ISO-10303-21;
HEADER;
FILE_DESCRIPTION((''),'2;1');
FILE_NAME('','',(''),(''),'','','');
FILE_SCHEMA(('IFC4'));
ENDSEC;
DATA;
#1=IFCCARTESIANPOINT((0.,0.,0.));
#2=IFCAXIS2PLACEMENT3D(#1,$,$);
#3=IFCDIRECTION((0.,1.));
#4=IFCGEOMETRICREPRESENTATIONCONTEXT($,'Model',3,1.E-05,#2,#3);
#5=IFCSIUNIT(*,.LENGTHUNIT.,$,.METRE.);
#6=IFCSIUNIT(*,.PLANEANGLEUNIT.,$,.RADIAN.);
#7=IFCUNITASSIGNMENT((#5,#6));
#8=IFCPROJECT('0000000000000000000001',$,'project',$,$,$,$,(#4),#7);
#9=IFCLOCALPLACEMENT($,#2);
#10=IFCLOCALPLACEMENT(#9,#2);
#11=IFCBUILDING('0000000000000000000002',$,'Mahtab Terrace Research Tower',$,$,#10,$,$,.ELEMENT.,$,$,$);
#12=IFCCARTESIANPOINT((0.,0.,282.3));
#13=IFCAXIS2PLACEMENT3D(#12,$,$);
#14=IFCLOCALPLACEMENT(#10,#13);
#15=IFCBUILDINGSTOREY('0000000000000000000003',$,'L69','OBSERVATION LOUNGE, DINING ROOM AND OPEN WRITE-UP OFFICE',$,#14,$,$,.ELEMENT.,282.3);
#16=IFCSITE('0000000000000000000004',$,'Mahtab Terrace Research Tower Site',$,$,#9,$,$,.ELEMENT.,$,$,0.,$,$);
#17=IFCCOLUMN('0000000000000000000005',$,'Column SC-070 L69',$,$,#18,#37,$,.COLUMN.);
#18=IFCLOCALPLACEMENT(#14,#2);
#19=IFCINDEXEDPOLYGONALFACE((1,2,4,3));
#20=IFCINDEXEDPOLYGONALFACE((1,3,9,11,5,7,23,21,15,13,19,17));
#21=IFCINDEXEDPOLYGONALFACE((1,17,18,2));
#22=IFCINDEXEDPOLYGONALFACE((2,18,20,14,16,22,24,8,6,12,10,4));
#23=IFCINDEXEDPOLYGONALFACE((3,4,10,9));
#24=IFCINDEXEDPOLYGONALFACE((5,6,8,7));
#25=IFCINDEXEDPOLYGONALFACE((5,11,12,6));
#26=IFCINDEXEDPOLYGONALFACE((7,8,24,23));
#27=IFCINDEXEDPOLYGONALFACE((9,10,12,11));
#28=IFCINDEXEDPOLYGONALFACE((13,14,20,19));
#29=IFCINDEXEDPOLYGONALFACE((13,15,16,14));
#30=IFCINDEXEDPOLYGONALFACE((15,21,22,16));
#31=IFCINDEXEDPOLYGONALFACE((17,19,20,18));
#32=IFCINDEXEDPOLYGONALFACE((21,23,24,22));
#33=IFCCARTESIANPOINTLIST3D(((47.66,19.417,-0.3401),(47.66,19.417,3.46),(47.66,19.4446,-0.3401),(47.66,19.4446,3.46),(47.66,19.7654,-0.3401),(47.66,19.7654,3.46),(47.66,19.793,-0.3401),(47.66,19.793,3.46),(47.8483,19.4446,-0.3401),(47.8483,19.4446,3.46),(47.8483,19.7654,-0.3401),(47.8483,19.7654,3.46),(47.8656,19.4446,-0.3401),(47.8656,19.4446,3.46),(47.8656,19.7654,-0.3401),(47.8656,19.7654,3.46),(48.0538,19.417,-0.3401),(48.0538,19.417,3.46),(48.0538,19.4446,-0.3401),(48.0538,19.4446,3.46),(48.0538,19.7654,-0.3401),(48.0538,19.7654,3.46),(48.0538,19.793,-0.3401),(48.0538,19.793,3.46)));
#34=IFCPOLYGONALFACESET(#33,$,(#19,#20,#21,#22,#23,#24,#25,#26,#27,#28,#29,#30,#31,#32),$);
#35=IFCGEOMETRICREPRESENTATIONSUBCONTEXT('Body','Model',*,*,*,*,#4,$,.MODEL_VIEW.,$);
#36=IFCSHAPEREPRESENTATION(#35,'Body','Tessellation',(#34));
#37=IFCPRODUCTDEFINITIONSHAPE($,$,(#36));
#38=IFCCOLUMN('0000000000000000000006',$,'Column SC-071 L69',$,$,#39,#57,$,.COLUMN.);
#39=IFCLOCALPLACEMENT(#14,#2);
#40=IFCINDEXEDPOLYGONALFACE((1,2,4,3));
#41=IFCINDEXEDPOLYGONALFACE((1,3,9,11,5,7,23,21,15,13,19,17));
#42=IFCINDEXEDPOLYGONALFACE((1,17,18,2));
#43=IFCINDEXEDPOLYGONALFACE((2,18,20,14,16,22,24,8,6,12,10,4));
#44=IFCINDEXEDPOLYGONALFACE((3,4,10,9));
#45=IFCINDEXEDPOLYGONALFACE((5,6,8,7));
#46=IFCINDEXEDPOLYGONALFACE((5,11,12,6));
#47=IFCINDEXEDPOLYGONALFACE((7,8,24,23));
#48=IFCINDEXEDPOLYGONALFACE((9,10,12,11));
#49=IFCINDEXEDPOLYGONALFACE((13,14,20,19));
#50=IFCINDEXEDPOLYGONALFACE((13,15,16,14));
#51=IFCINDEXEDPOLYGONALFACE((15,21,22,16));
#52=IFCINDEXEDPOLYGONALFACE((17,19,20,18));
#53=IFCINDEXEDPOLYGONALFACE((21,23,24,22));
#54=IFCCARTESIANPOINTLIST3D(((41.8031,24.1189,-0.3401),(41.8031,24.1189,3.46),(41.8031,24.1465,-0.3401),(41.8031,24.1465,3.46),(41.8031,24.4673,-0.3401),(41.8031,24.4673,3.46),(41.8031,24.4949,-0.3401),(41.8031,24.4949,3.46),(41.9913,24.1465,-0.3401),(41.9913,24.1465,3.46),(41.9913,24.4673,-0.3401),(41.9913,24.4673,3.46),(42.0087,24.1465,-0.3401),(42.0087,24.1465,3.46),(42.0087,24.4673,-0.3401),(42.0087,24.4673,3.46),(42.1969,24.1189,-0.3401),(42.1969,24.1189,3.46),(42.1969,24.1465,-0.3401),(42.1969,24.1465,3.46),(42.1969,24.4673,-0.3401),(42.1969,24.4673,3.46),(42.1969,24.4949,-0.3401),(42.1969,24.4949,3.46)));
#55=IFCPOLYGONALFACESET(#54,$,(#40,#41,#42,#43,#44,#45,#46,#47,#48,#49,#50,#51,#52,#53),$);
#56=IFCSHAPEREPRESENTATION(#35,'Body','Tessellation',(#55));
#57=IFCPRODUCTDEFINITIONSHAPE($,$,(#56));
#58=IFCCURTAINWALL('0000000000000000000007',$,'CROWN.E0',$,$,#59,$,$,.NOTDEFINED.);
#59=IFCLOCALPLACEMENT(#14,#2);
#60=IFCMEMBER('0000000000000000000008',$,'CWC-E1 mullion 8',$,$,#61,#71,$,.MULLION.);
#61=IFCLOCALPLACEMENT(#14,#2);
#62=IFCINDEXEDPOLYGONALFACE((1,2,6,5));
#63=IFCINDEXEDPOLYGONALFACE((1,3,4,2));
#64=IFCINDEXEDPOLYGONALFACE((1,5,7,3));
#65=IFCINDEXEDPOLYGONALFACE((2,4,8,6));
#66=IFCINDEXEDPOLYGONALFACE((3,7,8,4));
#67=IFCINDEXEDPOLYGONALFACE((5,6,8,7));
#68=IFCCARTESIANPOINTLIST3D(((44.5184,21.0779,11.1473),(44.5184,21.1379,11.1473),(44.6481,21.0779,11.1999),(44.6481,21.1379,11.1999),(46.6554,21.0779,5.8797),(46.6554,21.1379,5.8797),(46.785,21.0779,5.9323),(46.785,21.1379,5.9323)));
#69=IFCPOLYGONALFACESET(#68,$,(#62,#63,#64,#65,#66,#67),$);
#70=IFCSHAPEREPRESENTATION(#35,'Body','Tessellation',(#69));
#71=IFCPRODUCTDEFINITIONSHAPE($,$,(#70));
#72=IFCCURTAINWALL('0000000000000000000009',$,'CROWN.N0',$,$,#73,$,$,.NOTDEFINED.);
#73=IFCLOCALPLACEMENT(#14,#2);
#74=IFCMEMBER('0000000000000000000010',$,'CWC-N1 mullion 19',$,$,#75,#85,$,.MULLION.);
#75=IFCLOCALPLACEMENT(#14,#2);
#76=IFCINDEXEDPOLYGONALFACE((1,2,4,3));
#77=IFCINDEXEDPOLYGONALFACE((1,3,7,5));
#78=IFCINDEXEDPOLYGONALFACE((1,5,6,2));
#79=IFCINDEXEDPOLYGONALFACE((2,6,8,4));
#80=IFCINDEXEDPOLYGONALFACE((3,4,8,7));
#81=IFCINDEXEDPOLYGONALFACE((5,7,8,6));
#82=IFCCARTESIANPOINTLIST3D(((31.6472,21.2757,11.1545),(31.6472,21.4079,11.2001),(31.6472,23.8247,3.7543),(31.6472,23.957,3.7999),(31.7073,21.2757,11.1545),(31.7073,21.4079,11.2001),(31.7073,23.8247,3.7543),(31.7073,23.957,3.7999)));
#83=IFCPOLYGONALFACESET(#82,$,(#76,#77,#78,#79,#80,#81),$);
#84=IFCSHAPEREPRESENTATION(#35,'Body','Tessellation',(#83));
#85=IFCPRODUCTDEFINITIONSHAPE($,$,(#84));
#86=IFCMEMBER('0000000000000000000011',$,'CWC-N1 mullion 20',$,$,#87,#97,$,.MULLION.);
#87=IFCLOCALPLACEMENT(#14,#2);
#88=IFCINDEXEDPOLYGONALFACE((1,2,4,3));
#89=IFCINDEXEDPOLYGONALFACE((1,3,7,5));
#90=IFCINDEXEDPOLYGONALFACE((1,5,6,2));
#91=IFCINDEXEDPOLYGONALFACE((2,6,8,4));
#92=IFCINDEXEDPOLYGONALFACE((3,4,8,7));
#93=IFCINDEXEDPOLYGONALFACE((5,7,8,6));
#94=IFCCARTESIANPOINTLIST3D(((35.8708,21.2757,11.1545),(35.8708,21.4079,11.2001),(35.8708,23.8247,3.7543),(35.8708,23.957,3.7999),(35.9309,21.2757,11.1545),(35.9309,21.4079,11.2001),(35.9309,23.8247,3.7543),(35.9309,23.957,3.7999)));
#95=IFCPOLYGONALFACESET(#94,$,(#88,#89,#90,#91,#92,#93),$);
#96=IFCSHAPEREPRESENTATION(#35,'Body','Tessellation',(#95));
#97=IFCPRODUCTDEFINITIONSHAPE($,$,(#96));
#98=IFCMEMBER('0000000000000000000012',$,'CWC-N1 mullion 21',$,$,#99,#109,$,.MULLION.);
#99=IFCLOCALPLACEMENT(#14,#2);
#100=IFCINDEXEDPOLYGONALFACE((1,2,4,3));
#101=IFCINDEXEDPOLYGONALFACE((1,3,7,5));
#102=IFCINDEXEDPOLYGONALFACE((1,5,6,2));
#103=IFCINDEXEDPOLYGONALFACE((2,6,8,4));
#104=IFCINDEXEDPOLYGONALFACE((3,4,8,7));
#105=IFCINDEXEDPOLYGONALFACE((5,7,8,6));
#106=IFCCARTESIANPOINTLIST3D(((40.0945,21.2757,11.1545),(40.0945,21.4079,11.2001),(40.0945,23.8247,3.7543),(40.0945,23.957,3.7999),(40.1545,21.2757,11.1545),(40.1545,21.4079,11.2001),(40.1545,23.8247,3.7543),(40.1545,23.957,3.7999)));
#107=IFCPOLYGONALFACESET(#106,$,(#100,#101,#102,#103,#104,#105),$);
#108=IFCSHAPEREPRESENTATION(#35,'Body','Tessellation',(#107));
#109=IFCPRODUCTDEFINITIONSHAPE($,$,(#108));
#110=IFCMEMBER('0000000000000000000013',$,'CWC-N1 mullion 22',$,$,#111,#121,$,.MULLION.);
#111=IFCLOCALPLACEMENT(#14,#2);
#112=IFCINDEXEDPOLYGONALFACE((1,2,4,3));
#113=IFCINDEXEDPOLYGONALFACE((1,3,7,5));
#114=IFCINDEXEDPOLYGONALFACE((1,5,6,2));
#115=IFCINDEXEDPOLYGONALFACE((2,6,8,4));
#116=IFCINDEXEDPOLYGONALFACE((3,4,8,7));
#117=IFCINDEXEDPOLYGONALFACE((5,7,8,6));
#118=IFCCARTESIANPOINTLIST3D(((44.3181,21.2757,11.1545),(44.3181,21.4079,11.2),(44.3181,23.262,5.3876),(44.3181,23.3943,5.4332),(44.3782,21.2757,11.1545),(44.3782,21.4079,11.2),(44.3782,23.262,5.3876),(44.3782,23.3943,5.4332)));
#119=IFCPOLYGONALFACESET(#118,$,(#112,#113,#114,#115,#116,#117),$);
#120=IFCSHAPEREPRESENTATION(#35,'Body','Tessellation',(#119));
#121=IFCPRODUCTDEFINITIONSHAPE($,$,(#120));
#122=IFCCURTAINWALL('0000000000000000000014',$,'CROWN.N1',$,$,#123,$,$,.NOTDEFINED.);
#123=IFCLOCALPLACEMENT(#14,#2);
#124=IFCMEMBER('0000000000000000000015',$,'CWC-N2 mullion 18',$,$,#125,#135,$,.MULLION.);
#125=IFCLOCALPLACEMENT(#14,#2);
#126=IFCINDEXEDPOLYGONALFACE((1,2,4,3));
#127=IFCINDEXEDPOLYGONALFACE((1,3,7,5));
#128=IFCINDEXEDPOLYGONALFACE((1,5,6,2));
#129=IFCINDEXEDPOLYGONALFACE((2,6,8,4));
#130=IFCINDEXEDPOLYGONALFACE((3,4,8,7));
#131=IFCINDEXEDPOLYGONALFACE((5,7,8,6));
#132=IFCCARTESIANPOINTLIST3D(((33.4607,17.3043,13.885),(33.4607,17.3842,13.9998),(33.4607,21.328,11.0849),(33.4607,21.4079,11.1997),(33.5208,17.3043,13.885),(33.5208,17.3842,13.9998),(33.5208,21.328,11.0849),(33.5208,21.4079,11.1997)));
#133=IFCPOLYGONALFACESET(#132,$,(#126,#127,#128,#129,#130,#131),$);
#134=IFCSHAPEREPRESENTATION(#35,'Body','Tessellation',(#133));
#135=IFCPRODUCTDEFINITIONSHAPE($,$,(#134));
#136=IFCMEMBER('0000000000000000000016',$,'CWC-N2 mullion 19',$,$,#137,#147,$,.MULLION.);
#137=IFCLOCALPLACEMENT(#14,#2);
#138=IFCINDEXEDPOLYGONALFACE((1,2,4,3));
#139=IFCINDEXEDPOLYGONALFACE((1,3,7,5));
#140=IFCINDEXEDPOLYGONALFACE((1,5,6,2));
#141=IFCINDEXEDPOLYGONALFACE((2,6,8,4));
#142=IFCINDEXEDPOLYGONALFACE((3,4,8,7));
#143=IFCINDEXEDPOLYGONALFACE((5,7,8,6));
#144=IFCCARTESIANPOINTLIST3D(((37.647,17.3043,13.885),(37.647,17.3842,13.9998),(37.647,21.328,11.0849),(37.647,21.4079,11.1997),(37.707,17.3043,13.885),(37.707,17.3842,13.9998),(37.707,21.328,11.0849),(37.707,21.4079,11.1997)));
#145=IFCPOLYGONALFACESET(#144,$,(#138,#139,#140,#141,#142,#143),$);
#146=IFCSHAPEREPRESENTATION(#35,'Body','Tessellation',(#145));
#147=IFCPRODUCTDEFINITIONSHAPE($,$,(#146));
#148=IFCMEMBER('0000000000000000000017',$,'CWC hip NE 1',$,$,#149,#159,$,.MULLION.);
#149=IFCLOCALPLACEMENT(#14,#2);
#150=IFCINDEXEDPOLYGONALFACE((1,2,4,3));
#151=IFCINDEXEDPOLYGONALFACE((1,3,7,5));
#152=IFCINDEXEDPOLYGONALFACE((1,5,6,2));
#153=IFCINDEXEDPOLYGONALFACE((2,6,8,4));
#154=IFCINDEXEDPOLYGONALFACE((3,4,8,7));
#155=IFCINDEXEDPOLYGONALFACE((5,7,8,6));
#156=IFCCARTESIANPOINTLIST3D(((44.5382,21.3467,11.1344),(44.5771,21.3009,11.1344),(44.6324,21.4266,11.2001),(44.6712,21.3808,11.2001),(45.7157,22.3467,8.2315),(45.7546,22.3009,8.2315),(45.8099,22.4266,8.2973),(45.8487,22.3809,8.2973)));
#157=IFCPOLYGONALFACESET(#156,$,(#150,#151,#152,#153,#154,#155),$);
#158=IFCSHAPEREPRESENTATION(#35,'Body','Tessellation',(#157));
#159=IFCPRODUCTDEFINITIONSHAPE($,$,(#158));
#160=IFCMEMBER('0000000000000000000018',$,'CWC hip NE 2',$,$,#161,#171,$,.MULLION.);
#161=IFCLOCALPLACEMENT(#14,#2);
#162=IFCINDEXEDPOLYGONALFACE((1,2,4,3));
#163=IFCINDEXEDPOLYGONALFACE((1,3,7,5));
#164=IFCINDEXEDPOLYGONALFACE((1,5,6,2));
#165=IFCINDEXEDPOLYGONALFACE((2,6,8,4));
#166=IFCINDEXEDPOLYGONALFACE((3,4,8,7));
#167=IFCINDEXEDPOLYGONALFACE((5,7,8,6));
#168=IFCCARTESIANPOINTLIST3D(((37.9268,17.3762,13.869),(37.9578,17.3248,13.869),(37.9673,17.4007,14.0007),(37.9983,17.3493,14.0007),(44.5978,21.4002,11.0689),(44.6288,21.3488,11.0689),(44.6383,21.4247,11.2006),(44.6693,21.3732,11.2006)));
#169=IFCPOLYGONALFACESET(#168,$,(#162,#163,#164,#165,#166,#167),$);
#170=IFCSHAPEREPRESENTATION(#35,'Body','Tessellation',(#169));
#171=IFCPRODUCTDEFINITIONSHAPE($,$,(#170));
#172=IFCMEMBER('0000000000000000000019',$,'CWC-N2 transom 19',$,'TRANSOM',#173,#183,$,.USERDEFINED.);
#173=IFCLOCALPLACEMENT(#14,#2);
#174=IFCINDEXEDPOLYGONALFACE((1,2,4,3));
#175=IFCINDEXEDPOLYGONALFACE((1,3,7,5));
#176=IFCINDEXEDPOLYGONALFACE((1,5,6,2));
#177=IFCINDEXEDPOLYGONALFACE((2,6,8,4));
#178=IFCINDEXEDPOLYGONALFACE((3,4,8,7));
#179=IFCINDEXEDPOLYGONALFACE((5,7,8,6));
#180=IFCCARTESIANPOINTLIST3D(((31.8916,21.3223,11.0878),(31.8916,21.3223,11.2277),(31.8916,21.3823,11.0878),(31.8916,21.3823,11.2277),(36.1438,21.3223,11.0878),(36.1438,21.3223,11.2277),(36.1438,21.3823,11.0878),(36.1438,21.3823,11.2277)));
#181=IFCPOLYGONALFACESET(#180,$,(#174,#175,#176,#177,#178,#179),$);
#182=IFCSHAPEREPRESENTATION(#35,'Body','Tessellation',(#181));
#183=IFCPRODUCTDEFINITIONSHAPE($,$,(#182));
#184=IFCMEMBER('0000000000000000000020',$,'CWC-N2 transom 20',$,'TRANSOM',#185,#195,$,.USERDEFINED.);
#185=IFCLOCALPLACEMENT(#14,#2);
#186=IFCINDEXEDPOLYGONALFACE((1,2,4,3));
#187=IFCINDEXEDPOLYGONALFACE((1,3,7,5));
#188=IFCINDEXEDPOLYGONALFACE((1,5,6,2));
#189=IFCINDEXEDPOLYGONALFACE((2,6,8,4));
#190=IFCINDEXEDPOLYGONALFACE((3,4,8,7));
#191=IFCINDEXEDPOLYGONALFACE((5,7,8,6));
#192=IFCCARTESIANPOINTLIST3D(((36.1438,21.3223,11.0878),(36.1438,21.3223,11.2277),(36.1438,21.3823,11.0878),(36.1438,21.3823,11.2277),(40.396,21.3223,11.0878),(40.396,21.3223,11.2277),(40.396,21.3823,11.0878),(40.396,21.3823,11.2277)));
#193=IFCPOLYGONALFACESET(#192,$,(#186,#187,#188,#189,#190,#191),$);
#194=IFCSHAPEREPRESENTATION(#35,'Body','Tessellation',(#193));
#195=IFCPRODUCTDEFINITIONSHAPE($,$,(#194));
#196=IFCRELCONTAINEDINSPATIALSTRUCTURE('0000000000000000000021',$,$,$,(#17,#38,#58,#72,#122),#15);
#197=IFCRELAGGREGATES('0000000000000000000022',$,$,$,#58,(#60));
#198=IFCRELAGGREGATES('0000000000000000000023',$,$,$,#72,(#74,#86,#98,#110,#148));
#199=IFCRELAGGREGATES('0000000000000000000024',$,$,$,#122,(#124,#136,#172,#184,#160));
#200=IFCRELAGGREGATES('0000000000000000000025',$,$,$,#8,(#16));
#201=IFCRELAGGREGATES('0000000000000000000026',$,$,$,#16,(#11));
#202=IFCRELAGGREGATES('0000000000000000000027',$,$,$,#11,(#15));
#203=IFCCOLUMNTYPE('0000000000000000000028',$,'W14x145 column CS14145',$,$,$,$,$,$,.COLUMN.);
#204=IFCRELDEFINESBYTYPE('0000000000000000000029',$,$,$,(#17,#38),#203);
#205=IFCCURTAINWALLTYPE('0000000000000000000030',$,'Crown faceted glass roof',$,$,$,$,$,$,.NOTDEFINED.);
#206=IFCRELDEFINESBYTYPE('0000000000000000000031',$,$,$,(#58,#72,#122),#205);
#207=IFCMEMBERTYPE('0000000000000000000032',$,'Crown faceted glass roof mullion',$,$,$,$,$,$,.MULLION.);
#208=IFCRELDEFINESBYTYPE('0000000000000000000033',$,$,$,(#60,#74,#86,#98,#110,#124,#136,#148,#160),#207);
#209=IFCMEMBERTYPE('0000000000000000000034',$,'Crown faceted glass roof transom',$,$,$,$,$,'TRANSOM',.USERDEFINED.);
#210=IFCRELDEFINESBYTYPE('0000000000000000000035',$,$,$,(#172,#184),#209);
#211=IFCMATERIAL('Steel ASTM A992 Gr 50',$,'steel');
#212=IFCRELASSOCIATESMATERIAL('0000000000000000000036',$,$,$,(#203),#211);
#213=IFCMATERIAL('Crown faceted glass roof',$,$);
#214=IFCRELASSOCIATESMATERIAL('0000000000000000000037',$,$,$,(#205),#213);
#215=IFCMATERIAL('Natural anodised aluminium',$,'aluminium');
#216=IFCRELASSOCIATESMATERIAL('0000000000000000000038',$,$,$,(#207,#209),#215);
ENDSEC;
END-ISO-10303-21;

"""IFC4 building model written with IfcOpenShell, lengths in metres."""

from ifc_helpers import new_model, si_unit, direction, frame, origin, origin_2d, place, context, subcontext, project, spatial, rectangle, i_section, extrude, material, material_profile, profile_set, type_object, element, aggregate, save


model = new_model("IFC4")

# Units and contexts
model_context = context("Model", 3, precision=1e-05, world=origin(), true_north=direction((0.0, 1.0)))
body_context = subcontext(model_context, "Body", "Model", "MODEL_VIEW")
ifc_project = project(units=[si_unit("LENGTHUNIT", "METRE"), si_unit("PLANEANGLEUNIT", "RADIAN")], contexts=[model_context])

# Site, building, storey
site_placement = place(None, origin())
site = spatial("IfcSite", under=ifc_project, at=site_placement, Name="Mahtab Terrace Research Tower Site", CompositionType="ELEMENT", RefElevation=0.0)
building_placement = place(site_placement, origin())
building = spatial("IfcBuilding", under=site, at=building_placement, Name="Mahtab Terrace Research Tower", CompositionType="ELEMENT")
storey_placement = place(building_placement, frame((0.0, 0.0, 282.3)))
storey = spatial("IfcBuildingStorey", under=building, at=storey_placement, Name="L69", Description="OBSERVATION LOUNGE, DINING ROOM AND OPEN WRITE-UP OFFICE", CompositionType="ELEMENT", Elevation=282.3)

# Columns
ifc_material_1 = material(Name="Steel ASTM A992 Gr 50", Category="steel")
ifc_material_profile_1 = material_profile(ifc_material_1, i_section(OverallWidth=0.3938, OverallDepth=0.376, WebThickness=0.0173, FlangeThickness=0.0276, at=origin_2d()), Name="W14X145")
ifc_profile_set_1 = profile_set([ifc_material_profile_1], Name="Steel ASTM A992 Gr 50")
column_type = type_object("IfcColumnType", Name="W14x145 column CS14145", PredefinedType="COLUMN", material=ifc_profile_set_1)
for number, where, z_axis, x_axis, name in (
    (1, (47.8569, 19.605, -0.3401), (0.0, 0.0, 1.0), (1.0, 0.0, 0.0), "Column SC-070 L69"),
    (2, (42.0, 24.3069, -0.3401), (0.0, 0.0, 1.0), (1.0, 0.0, 0.0), "Column SC-071 L69"),
):
    element("IfcColumn", number, at=place(storey_placement, frame(where, z_axis=z_axis, x_axis=x_axis)), inside=storey, type_object=column_type, Name=name, PredefinedType="COLUMN", context=body_context, shape_type="SweptSolid", body=[
        extrude(i_section(OverallWidth=0.3938, OverallDepth=0.376, WebThickness=0.0173, FlangeThickness=0.0276, at=origin_2d()), origin(), (0.0, 0.0, 1.0), 3.8),
    ])

# Curtain wall, member
ifc_material_2 = material(Name="Crown faceted glass roof")
curtain_wall_type_1 = type_object("IfcCurtainWallType", Name="Crown faceted glass roof", PredefinedType="NOTDEFINED", material=ifc_material_2)
curtain_wall_1_placement = place(storey_placement, origin())
curtain_wall_1 = element("IfcCurtainWall", 3, at=curtain_wall_1_placement, inside=storey, type_object=curtain_wall_type_1, Name="CROWN.E0", PredefinedType="NOTDEFINED")
ifc_material_3 = material(Name="Natural anodised aluminium", Category="aluminium")
ifc_material_profile_2 = material_profile(ifc_material_3, rectangle(XDim=0.0601, YDim=0.1399, at=origin_2d()), Name="MULLION 60x140")
ifc_profile_set_2 = profile_set([ifc_material_profile_2], Name="Natural anodised aluminium")
member_type_1 = type_object("IfcMemberType", Name="Crown faceted glass roof mullion", PredefinedType="MULLION", material=ifc_profile_set_2)
member_1_placement = place(storey_placement, frame((46.7202, 21.1079, 5.906), z_axis=(-0.375925, 0.0, 0.92665), x_axis=(0.0, -1.0, 0.0)))
member_1 = element("IfcMember", 4, at=member_1_placement, type_object=member_type_1, Name="CWC-E1 mullion 8", PredefinedType="MULLION", context=body_context, shape_type="SweptSolid", body=[
    extrude(rectangle(XDim=0.0601, YDim=0.1399, at=origin_2d()), origin(), (0.0, 0.0, 1.0), 5.6846),
])
aggregate(curtain_wall_1, [member_1])

# Curtain walls, members
curtain_wall_2_placement = place(storey_placement, origin())
curtain_wall_2 = element("IfcCurtainWall", 5, at=curtain_wall_2_placement, inside=storey, type_object=curtain_wall_type_1, Name="CROWN.N0", PredefinedType="NOTDEFINED")
member_2_placement = place(storey_placement, frame((31.6772, 23.8909, 3.7771), z_axis=(0.0, -0.325682, 0.945479), x_axis=(1.0, 0.0, 0.0)))
member_2 = element("IfcMember", 6, at=member_2_placement, type_object=member_type_1, Name="CWC-N1 mullion 19", PredefinedType="MULLION", context=body_context, shape_type="SweptSolid", body=[
    extrude(rectangle(XDim=0.0601, YDim=0.1399, at=origin_2d()), origin(), (0.0, 0.0, 1.0), 7.8269),
])
member_3_placement = place(storey_placement, frame((35.9009, 23.8909, 3.7771), z_axis=(0.0, -0.325682, 0.945479), x_axis=(1.0, 0.0, 0.0)))
member_3 = element("IfcMember", 7, at=member_3_placement, type_object=member_type_1, Name="CWC-N1 mullion 20", PredefinedType="MULLION", context=body_context, shape_type="SweptSolid", body=[
    extrude(rectangle(XDim=0.0601, YDim=0.1399, at=origin_2d()), origin(), (0.0, 0.0, 1.0), 7.8269),
])
member_4_placement = place(storey_placement, frame((40.1245, 23.8909, 3.7771), z_axis=(0.0, -0.325682, 0.945479), x_axis=(1.0, 0.0, 0.0)))
member_4 = element("IfcMember", 8, at=member_4_placement, type_object=member_type_1, Name="CWC-N1 mullion 21", PredefinedType="MULLION", context=body_context, shape_type="SweptSolid", body=[
    extrude(rectangle(XDim=0.0601, YDim=0.1399, at=origin_2d()), origin(), (0.0, 0.0, 1.0), 7.8269),
])
member_5_placement = place(storey_placement, frame((44.3481, 23.3281, 5.4104), z_axis=(0.0, -0.325663, 0.945486), x_axis=(1.0, 0.0, 0.0)))
member_5 = element("IfcMember", 9, at=member_5_placement, type_object=member_type_1, Name="CWC-N1 mullion 22", PredefinedType="MULLION", context=body_context, shape_type="SweptSolid", body=[
    extrude(rectangle(XDim=0.0601, YDim=0.1399, at=origin_2d()), origin(), (0.0, 0.0, 1.0), 6.0994),
])
curtain_wall_3_placement = place(storey_placement, origin())
curtain_wall_3 = element("IfcCurtainWall", 10, at=curtain_wall_3_placement, inside=storey, type_object=curtain_wall_type_1, Name="CROWN.N1", PredefinedType="NOTDEFINED")
member_6_placement = place(storey_placement, frame((33.4907, 21.3679, 11.1423), z_axis=(0.0, -0.820813, 0.571197), x_axis=(1.0, 0.0, 0.0)))
member_6 = element("IfcMember", 11, at=member_6_placement, type_object=member_type_1, Name="CWC-N2 mullion 18", PredefinedType="MULLION", context=body_context, shape_type="SweptSolid", body=[
    extrude(rectangle(XDim=0.0601, YDim=0.1399, at=origin_2d()), origin(), (0.0, 0.0, 1.0), 4.9021),
])
member_7_placement = place(storey_placement, frame((37.677, 21.3679, 11.1423), z_axis=(0.0, -0.820813, 0.571197), x_axis=(1.0, 0.0, 0.0)))
member_7 = element("IfcMember", 12, at=member_7_placement, type_object=member_type_1, Name="CWC-N2 mullion 19", PredefinedType="MULLION", context=body_context, shape_type="SweptSolid", body=[
    extrude(rectangle(XDim=0.0601, YDim=0.1399, at=origin_2d()), origin(), (0.0, 0.0, 1.0), 4.9021),
])

# Members
member_8_placement = place(storey_placement, frame((45.7822, 22.3638, 8.2644), z_axis=(-0.358085, -0.304109, 0.882776), x_axis=(0.647323, -0.762216, 0.0)))
member_8 = element("IfcMember", 13, at=member_8_placement, type_object=member_type_1, Name="CWC hip NE 1", PredefinedType="MULLION", context=body_context, shape_type="SweptSolid", body=[
    extrude(rectangle(XDim=0.0601, YDim=0.1399, at=origin_2d()), origin(), (0.0, 0.0, 1.0), 3.2883),
])
member_9_placement = place(storey_placement, frame((44.6335, 21.3867, 11.1348), z_axis=(-0.805813, -0.486071, 0.338232), x_axis=(0.516513, -0.856279, 0.0)))
member_9 = element("IfcMember", 14, at=member_9_placement, type_object=member_type_1, Name="CWC hip NE 2", PredefinedType="MULLION", context=body_context, shape_type="SweptSolid", body=[
    extrude(rectangle(XDim=0.0601, YDim=0.1399, at=origin_2d()), origin(), (0.0, 0.0, 1.0), 8.2786),
])
ifc_material_profile_3 = material_profile(ifc_material_3, rectangle(XDim=0.0601, YDim=0.1399, at=origin_2d()), Name="TRANSOM 60x140")
ifc_profile_set_3 = profile_set([ifc_material_profile_3], Name="Natural anodised aluminium")
member_type_2 = type_object("IfcMemberType", Name="Crown faceted glass roof transom", ElementType="TRANSOM", PredefinedType="USERDEFINED", material=ifc_profile_set_3)
member_10_placement = place(storey_placement, frame((31.8916, 21.3523, 11.1577), z_axis=(1.0, 0.0, 0.0), x_axis=(0.0, 1.0, 0.0)))
member_10 = element("IfcMember", 15, at=member_10_placement, type_object=member_type_2, Name="CWC-N2 transom 19", ObjectType="TRANSOM", PredefinedType="USERDEFINED", context=body_context, shape_type="SweptSolid", body=[
    extrude(rectangle(XDim=0.0601, YDim=0.1399, at=origin_2d()), origin(), (0.0, 0.0, 1.0), 4.2522),
])
member_11_placement = place(storey_placement, frame((36.1438, 21.3523, 11.1577), z_axis=(1.0, 0.0, 0.0), x_axis=(0.0, 1.0, 0.0)))
member_11 = element("IfcMember", 16, at=member_11_placement, type_object=member_type_2, Name="CWC-N2 transom 20", ObjectType="TRANSOM", PredefinedType="USERDEFINED", context=body_context, shape_type="SweptSolid", body=[
    extrude(rectangle(XDim=0.0601, YDim=0.1399, at=origin_2d()), origin(), (0.0, 0.0, 1.0), 4.2522),
])

aggregate(curtain_wall_2, [member_2, member_3, member_4, member_5, member_8])
aggregate(curtain_wall_3, [member_6, member_7, member_10, member_11, member_9])

save(model, "model.ifc")
